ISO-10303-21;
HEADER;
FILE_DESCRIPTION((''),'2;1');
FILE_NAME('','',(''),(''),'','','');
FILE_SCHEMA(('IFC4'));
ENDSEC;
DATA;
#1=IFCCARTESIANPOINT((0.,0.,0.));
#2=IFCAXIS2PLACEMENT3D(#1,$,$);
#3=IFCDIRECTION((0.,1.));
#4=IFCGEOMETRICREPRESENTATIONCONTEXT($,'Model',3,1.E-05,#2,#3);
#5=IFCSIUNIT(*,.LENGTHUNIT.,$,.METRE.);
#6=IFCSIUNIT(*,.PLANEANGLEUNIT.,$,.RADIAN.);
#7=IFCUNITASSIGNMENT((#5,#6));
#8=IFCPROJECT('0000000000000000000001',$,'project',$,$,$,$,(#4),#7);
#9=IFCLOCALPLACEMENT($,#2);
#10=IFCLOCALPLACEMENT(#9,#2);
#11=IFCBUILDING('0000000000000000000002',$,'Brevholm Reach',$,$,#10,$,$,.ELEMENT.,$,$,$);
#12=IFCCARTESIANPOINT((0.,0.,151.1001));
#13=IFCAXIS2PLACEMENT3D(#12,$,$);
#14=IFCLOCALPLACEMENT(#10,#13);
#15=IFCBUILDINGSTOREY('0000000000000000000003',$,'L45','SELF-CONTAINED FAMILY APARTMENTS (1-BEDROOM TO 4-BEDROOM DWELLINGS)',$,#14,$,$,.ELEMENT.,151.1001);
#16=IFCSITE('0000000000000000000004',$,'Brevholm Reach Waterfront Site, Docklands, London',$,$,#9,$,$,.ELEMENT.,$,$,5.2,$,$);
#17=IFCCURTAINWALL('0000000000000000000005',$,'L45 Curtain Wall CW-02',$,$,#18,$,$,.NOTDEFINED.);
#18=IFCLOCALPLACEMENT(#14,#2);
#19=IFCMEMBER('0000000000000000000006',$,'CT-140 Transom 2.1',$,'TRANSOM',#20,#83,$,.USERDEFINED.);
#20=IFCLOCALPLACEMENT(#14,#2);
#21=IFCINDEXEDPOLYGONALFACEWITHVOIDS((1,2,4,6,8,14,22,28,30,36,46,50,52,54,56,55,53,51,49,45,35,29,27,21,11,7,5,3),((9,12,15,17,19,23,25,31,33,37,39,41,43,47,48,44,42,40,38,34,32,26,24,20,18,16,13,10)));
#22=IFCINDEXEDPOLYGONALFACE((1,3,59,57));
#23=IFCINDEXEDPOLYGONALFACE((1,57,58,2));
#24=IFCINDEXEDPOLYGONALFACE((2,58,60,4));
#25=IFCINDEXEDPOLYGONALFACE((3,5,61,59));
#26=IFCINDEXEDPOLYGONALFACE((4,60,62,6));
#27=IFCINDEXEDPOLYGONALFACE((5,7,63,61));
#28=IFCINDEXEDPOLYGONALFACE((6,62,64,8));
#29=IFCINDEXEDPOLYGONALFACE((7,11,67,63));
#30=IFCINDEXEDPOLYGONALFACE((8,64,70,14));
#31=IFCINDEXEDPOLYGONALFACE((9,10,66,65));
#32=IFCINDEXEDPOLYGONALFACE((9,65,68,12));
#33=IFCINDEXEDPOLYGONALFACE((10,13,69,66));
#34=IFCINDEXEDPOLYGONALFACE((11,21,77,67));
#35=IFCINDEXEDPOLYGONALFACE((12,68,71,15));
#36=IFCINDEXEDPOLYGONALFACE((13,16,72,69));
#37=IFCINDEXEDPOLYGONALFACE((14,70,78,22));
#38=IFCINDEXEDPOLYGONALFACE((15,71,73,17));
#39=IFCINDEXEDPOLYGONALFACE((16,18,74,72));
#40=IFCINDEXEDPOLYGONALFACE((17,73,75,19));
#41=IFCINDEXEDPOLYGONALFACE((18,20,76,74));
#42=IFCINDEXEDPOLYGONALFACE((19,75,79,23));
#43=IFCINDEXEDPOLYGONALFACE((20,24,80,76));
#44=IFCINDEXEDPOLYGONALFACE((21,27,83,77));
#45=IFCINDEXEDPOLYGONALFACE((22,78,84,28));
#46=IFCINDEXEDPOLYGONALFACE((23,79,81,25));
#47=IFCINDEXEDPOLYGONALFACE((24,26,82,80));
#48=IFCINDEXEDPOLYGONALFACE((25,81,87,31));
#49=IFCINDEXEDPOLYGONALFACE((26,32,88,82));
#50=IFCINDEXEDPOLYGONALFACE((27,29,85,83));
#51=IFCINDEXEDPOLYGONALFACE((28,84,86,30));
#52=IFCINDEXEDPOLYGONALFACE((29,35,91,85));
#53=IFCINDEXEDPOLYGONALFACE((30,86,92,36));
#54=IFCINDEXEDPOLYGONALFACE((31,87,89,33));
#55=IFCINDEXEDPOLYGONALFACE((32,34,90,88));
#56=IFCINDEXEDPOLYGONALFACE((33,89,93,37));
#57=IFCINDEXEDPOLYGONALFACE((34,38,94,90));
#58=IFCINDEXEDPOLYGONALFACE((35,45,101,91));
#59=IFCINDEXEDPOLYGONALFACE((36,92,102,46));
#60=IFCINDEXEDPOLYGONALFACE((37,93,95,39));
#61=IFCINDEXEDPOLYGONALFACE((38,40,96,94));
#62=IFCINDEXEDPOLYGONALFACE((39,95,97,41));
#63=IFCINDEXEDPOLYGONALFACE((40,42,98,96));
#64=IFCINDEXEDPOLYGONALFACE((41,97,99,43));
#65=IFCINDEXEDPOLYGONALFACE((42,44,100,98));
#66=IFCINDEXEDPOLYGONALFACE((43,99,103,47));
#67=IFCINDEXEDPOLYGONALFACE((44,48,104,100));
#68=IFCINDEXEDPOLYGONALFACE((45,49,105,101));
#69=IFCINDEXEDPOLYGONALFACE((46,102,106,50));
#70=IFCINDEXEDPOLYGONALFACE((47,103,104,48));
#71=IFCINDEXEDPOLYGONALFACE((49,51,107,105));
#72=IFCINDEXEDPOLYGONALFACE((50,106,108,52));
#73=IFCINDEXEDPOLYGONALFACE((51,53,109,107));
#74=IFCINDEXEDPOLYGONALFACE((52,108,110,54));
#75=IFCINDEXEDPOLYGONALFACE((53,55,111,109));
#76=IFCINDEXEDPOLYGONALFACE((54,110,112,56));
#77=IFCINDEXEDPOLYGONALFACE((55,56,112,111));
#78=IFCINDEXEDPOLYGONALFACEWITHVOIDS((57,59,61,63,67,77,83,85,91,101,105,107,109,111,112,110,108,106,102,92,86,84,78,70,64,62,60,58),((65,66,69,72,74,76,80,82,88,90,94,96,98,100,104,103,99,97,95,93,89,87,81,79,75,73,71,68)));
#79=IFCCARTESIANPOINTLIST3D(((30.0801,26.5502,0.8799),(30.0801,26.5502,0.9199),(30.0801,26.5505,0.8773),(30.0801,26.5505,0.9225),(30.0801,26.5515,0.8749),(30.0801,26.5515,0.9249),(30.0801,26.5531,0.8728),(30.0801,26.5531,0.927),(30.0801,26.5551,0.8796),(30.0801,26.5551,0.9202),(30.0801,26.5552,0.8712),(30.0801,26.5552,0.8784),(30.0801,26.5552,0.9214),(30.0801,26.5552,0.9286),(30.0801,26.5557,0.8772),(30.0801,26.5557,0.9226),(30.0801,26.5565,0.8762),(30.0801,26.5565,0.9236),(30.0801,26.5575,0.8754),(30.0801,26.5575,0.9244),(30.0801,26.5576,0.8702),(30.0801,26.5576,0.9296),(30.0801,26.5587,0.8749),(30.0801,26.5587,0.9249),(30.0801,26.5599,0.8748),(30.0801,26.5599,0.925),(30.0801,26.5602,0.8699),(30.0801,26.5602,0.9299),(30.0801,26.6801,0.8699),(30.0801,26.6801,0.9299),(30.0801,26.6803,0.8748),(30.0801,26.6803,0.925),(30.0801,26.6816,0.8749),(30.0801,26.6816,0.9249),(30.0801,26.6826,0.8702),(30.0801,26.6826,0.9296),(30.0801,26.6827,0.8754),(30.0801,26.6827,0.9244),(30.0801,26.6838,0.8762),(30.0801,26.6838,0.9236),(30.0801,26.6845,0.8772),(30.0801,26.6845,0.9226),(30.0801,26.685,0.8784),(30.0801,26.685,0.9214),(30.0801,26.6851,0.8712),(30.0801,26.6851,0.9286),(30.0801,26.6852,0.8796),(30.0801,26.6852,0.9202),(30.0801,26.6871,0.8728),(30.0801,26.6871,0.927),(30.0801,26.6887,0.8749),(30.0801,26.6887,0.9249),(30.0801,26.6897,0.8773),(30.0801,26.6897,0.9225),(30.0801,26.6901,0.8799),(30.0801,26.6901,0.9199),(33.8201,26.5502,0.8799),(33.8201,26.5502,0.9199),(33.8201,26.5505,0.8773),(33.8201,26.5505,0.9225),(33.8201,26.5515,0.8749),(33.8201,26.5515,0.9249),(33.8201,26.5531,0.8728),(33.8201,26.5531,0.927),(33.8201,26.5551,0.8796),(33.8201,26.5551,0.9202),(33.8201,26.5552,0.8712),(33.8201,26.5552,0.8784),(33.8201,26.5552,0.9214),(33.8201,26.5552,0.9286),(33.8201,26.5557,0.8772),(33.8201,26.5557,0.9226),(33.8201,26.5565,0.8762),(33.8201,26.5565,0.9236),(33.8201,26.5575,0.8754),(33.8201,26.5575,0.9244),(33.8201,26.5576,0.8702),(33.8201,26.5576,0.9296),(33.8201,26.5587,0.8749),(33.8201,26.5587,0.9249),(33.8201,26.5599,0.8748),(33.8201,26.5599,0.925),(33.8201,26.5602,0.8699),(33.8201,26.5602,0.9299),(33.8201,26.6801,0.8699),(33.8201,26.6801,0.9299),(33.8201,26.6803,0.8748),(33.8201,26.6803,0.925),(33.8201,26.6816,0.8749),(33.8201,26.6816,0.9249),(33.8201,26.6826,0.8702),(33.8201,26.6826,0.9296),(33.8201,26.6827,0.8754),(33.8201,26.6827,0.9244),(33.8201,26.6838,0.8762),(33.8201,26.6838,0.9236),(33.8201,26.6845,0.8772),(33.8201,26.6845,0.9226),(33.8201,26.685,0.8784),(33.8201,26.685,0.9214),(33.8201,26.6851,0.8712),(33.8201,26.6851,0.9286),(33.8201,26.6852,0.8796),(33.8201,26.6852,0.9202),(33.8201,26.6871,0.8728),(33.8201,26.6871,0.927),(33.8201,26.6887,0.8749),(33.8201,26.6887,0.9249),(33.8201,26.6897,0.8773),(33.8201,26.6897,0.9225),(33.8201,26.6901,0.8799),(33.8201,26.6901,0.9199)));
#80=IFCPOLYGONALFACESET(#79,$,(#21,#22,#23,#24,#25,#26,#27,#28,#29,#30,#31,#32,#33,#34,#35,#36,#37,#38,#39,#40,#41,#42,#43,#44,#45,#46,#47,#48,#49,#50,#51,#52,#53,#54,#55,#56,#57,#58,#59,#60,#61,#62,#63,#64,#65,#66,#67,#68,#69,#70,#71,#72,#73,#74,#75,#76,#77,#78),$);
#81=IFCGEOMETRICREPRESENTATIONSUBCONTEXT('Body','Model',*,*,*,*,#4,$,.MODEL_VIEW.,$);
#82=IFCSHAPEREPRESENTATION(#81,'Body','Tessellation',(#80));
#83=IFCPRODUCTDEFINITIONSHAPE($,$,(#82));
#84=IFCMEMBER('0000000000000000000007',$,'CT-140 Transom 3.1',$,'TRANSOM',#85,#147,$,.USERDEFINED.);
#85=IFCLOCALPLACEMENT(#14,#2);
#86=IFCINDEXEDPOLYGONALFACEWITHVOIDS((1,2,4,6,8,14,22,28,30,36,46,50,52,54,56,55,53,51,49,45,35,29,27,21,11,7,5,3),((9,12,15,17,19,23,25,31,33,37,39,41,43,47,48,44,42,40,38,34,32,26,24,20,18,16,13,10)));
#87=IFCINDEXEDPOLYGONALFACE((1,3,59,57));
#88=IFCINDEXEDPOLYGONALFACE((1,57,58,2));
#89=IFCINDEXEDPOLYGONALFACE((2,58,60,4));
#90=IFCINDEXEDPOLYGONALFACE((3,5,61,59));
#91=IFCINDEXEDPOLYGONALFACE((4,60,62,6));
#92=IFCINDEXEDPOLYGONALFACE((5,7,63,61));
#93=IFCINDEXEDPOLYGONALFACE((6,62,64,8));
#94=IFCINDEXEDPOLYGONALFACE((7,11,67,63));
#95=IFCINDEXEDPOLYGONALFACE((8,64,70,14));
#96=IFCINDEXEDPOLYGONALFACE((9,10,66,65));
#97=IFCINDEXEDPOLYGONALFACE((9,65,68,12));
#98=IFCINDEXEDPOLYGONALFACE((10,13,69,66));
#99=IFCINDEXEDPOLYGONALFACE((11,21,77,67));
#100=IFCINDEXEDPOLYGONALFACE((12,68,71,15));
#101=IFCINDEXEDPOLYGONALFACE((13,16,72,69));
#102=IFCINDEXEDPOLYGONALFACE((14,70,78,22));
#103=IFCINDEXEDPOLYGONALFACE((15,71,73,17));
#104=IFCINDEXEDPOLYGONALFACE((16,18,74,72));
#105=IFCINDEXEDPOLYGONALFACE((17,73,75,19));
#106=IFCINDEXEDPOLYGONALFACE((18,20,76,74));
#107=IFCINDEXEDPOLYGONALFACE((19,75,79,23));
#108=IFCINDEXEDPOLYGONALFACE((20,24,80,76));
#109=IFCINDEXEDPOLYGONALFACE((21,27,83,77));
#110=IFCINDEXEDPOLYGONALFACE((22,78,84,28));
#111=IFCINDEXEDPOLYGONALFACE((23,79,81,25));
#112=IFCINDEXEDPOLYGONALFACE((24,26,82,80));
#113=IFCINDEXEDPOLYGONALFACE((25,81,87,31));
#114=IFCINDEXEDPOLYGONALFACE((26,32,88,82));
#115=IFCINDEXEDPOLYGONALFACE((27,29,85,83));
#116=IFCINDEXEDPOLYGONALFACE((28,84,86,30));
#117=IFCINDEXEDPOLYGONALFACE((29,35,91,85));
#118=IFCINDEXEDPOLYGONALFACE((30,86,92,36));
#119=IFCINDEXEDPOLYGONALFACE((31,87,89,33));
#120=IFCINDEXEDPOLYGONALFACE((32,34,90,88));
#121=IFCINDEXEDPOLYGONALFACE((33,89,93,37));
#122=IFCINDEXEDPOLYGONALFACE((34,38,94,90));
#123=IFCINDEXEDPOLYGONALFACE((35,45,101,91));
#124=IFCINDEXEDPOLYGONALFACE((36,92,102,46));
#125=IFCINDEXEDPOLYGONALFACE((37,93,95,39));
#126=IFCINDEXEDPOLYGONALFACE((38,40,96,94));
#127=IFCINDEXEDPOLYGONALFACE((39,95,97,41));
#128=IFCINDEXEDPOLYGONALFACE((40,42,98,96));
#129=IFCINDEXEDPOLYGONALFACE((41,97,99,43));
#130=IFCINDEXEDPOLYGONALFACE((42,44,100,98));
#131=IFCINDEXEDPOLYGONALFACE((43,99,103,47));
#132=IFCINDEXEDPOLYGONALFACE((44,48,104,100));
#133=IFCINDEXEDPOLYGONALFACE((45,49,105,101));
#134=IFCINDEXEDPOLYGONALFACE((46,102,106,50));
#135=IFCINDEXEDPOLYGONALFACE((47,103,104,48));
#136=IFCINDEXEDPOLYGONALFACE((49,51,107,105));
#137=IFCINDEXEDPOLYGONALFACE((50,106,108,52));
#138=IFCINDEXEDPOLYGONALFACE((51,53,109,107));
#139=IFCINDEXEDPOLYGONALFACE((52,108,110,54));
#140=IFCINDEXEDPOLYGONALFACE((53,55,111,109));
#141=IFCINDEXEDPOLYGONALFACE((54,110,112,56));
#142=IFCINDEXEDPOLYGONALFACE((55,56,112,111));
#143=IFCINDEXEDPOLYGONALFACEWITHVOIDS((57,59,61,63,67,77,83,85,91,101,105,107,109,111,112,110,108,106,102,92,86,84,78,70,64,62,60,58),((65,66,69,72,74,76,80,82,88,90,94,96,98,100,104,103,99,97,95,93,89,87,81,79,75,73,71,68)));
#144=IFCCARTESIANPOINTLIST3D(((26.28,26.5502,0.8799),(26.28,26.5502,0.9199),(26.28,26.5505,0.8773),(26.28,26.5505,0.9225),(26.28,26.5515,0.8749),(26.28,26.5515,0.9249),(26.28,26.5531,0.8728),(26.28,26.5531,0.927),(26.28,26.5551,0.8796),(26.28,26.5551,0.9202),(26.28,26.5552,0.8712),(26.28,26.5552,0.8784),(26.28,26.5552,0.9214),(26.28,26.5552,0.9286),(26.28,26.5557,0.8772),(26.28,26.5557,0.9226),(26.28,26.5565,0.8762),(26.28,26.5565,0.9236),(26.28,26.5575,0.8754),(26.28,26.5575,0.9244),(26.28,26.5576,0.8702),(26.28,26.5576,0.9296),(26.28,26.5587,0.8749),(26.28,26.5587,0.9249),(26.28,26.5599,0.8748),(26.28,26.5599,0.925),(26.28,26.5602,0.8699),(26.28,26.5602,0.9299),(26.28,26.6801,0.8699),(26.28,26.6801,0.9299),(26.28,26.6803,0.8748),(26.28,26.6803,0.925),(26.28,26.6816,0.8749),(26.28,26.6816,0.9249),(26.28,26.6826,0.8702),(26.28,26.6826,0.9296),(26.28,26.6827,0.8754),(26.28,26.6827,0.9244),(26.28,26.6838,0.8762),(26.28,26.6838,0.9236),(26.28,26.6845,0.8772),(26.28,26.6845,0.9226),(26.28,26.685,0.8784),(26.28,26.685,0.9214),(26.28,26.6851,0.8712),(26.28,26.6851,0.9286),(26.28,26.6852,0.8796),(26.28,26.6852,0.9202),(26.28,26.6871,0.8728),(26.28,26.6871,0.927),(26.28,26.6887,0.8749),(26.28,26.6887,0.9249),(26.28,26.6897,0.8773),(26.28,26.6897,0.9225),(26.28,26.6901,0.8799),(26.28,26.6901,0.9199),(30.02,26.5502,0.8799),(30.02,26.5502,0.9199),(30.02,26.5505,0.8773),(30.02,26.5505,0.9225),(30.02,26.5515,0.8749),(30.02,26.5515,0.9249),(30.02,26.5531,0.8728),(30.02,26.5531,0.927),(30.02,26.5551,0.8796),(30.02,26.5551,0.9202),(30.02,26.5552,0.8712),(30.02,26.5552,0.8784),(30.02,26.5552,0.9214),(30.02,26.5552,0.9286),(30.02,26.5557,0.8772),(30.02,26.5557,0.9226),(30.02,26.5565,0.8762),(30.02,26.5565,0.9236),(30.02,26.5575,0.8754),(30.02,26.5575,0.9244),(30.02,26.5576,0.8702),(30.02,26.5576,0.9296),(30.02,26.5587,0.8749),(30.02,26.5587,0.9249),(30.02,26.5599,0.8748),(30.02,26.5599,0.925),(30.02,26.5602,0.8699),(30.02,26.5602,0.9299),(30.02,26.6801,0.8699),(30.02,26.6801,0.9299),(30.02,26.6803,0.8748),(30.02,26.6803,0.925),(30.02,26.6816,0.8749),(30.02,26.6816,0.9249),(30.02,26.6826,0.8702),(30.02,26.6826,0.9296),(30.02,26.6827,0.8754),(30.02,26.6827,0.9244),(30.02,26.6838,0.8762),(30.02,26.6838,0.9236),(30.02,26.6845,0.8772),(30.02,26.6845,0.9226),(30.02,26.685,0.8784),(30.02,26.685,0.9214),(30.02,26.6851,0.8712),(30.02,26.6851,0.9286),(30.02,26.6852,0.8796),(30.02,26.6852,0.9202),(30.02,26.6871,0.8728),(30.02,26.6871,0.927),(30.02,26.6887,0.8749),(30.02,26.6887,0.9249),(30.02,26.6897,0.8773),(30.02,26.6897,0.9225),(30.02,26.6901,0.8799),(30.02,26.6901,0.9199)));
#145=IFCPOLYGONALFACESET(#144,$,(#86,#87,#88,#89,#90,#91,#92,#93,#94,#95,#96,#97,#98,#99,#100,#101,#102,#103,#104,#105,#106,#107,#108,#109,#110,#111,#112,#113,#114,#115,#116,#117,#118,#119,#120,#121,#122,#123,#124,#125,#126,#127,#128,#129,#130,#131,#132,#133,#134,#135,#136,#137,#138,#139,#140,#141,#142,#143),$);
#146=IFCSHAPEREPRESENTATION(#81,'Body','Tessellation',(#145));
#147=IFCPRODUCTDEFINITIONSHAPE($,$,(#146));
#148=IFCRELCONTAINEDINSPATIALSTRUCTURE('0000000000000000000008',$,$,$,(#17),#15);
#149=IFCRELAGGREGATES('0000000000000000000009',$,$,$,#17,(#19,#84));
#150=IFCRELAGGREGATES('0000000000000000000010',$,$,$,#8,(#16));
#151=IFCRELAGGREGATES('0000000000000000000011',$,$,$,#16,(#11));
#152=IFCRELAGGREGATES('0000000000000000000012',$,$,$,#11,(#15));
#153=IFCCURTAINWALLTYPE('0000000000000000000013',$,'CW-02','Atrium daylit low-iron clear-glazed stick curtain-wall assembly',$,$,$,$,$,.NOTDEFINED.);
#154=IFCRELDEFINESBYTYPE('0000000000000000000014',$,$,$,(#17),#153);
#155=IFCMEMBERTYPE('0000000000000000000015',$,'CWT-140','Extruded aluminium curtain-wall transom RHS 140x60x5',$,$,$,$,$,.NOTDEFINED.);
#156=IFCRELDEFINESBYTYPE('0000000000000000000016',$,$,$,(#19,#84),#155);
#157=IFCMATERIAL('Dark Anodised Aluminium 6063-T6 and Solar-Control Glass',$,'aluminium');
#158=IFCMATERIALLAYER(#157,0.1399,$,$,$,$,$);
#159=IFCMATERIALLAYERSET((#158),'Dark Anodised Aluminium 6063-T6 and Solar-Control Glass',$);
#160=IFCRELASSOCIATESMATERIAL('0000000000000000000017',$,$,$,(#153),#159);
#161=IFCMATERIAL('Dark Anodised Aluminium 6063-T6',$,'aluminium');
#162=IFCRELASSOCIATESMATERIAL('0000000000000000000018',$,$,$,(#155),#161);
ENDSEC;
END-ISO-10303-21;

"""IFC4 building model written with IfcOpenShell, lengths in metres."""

from ifc_helpers import new_model, si_unit, direction, frame, origin, origin_2d, place, context, subcontext, project, spatial, hollow_rectangle, extrude, material, layer, layer_set, material_profile, profile_set, type_object, element, aggregate, save


model = new_model("IFC4")

# Units and contexts
model_context = context("Model", 3, precision=1e-05, world=origin(), true_north=direction((0.0, 1.0)))
body_context = subcontext(model_context, "Body", "Model", "MODEL_VIEW")
ifc_project = project(units=[si_unit("LENGTHUNIT", "METRE"), si_unit("PLANEANGLEUNIT", "RADIAN")], contexts=[model_context])

# Site, building, storey
site_placement = place(None, origin())
site = spatial("IfcSite", under=ifc_project, at=site_placement, Name="Brevholm Reach Waterfront Site, Docklands, London", CompositionType="ELEMENT", RefElevation=5.2)
building_placement = place(site_placement, origin())
building = spatial("IfcBuilding", under=site, at=building_placement, Name="Brevholm Reach", CompositionType="ELEMENT")
storey_placement = place(building_placement, frame((0.0, 0.0, 151.1001)))
storey = spatial("IfcBuildingStorey", under=building, at=storey_placement, Name="L45", Description="SELF-CONTAINED FAMILY APARTMENTS (1-BEDROOM TO 4-BEDROOM DWELLINGS)", CompositionType="ELEMENT", Elevation=151.1001)

# Curtain wall
ifc_material_1 = material(Name="Dark Anodised Aluminium 6063-T6 and Solar-Control Glass", Category="aluminium")
ifc_layer_1 = layer(ifc_material_1, 0.1399)
ifc_layer_set_1 = layer_set([ifc_layer_1], Name="Dark Anodised Aluminium 6063-T6 and Solar-Control Glass")
curtain_wall_type_1 = type_object("IfcCurtainWallType", Name="CW-02", Description="Atrium daylit low-iron clear-glazed stick curtain-wall assembly", PredefinedType="NOTDEFINED", material=ifc_layer_set_1)
curtain_wall_1_placement = place(storey_placement, origin())
curtain_wall_1 = element("IfcCurtainWall", 1, at=curtain_wall_1_placement, inside=storey, type_object=curtain_wall_type_1, Name="L45 Curtain Wall CW-02", PredefinedType="NOTDEFINED")

# Members
ifc_material_2 = material(Name="Dark Anodised Aluminium 6063-T6", Category="aluminium")
ifc_material_profile_1 = material_profile(ifc_material_2, hollow_rectangle(XDim=0.0601, YDim=0.1399, WallThickness=0.0049, InnerFilletRadius=0.0049, OuterFilletRadius=0.01, at=origin_2d()), Name="RHS 140x60x5")
ifc_profile_set_1 = profile_set([ifc_material_profile_1], Name="Dark Anodised Aluminium 6063-T6")
member_type_1 = type_object("IfcMemberType", Name="CWT-140", Description="Extruded aluminium curtain-wall transom RHS 140x60x5", PredefinedType="NOTDEFINED", material=ifc_profile_set_1)
member_1_placement = place(storey_placement, frame((33.8201, 26.6201, 0.8999), z_axis=(-1.0, 0.0, 0.0), x_axis=(0.0, 0.0, 1.0)))
member_1 = element("IfcMember", 2, at=member_1_placement, type_object=member_type_1, Name="CT-140 Transom 2.1", ObjectType="TRANSOM", PredefinedType="USERDEFINED", context=body_context, shape_type="SweptSolid", body=[
    extrude(hollow_rectangle(XDim=0.0601, YDim=0.1399, WallThickness=0.0049, InnerFilletRadius=0.0049, OuterFilletRadius=0.01, at=origin_2d()), origin(), (0.0, 0.0, 1.0), 3.74),
])
member_2_placement = place(storey_placement, frame((30.02, 26.6201, 0.8999), z_axis=(-1.0, 0.0, 0.0), x_axis=(0.0, 0.0, 1.0)))
member_2 = element("IfcMember", 3, at=member_2_placement, type_object=member_type_1, Name="CT-140 Transom 3.1", ObjectType="TRANSOM", PredefinedType="USERDEFINED", context=body_context, shape_type="SweptSolid", body=[
    extrude(hollow_rectangle(XDim=0.0601, YDim=0.1399, WallThickness=0.0049, InnerFilletRadius=0.0049, OuterFilletRadius=0.01, at=origin_2d()), origin(), (0.0, 0.0, 1.0), 3.74),
])

aggregate(curtain_wall_1, [member_1, member_2])

save(model, "model.ifc")
